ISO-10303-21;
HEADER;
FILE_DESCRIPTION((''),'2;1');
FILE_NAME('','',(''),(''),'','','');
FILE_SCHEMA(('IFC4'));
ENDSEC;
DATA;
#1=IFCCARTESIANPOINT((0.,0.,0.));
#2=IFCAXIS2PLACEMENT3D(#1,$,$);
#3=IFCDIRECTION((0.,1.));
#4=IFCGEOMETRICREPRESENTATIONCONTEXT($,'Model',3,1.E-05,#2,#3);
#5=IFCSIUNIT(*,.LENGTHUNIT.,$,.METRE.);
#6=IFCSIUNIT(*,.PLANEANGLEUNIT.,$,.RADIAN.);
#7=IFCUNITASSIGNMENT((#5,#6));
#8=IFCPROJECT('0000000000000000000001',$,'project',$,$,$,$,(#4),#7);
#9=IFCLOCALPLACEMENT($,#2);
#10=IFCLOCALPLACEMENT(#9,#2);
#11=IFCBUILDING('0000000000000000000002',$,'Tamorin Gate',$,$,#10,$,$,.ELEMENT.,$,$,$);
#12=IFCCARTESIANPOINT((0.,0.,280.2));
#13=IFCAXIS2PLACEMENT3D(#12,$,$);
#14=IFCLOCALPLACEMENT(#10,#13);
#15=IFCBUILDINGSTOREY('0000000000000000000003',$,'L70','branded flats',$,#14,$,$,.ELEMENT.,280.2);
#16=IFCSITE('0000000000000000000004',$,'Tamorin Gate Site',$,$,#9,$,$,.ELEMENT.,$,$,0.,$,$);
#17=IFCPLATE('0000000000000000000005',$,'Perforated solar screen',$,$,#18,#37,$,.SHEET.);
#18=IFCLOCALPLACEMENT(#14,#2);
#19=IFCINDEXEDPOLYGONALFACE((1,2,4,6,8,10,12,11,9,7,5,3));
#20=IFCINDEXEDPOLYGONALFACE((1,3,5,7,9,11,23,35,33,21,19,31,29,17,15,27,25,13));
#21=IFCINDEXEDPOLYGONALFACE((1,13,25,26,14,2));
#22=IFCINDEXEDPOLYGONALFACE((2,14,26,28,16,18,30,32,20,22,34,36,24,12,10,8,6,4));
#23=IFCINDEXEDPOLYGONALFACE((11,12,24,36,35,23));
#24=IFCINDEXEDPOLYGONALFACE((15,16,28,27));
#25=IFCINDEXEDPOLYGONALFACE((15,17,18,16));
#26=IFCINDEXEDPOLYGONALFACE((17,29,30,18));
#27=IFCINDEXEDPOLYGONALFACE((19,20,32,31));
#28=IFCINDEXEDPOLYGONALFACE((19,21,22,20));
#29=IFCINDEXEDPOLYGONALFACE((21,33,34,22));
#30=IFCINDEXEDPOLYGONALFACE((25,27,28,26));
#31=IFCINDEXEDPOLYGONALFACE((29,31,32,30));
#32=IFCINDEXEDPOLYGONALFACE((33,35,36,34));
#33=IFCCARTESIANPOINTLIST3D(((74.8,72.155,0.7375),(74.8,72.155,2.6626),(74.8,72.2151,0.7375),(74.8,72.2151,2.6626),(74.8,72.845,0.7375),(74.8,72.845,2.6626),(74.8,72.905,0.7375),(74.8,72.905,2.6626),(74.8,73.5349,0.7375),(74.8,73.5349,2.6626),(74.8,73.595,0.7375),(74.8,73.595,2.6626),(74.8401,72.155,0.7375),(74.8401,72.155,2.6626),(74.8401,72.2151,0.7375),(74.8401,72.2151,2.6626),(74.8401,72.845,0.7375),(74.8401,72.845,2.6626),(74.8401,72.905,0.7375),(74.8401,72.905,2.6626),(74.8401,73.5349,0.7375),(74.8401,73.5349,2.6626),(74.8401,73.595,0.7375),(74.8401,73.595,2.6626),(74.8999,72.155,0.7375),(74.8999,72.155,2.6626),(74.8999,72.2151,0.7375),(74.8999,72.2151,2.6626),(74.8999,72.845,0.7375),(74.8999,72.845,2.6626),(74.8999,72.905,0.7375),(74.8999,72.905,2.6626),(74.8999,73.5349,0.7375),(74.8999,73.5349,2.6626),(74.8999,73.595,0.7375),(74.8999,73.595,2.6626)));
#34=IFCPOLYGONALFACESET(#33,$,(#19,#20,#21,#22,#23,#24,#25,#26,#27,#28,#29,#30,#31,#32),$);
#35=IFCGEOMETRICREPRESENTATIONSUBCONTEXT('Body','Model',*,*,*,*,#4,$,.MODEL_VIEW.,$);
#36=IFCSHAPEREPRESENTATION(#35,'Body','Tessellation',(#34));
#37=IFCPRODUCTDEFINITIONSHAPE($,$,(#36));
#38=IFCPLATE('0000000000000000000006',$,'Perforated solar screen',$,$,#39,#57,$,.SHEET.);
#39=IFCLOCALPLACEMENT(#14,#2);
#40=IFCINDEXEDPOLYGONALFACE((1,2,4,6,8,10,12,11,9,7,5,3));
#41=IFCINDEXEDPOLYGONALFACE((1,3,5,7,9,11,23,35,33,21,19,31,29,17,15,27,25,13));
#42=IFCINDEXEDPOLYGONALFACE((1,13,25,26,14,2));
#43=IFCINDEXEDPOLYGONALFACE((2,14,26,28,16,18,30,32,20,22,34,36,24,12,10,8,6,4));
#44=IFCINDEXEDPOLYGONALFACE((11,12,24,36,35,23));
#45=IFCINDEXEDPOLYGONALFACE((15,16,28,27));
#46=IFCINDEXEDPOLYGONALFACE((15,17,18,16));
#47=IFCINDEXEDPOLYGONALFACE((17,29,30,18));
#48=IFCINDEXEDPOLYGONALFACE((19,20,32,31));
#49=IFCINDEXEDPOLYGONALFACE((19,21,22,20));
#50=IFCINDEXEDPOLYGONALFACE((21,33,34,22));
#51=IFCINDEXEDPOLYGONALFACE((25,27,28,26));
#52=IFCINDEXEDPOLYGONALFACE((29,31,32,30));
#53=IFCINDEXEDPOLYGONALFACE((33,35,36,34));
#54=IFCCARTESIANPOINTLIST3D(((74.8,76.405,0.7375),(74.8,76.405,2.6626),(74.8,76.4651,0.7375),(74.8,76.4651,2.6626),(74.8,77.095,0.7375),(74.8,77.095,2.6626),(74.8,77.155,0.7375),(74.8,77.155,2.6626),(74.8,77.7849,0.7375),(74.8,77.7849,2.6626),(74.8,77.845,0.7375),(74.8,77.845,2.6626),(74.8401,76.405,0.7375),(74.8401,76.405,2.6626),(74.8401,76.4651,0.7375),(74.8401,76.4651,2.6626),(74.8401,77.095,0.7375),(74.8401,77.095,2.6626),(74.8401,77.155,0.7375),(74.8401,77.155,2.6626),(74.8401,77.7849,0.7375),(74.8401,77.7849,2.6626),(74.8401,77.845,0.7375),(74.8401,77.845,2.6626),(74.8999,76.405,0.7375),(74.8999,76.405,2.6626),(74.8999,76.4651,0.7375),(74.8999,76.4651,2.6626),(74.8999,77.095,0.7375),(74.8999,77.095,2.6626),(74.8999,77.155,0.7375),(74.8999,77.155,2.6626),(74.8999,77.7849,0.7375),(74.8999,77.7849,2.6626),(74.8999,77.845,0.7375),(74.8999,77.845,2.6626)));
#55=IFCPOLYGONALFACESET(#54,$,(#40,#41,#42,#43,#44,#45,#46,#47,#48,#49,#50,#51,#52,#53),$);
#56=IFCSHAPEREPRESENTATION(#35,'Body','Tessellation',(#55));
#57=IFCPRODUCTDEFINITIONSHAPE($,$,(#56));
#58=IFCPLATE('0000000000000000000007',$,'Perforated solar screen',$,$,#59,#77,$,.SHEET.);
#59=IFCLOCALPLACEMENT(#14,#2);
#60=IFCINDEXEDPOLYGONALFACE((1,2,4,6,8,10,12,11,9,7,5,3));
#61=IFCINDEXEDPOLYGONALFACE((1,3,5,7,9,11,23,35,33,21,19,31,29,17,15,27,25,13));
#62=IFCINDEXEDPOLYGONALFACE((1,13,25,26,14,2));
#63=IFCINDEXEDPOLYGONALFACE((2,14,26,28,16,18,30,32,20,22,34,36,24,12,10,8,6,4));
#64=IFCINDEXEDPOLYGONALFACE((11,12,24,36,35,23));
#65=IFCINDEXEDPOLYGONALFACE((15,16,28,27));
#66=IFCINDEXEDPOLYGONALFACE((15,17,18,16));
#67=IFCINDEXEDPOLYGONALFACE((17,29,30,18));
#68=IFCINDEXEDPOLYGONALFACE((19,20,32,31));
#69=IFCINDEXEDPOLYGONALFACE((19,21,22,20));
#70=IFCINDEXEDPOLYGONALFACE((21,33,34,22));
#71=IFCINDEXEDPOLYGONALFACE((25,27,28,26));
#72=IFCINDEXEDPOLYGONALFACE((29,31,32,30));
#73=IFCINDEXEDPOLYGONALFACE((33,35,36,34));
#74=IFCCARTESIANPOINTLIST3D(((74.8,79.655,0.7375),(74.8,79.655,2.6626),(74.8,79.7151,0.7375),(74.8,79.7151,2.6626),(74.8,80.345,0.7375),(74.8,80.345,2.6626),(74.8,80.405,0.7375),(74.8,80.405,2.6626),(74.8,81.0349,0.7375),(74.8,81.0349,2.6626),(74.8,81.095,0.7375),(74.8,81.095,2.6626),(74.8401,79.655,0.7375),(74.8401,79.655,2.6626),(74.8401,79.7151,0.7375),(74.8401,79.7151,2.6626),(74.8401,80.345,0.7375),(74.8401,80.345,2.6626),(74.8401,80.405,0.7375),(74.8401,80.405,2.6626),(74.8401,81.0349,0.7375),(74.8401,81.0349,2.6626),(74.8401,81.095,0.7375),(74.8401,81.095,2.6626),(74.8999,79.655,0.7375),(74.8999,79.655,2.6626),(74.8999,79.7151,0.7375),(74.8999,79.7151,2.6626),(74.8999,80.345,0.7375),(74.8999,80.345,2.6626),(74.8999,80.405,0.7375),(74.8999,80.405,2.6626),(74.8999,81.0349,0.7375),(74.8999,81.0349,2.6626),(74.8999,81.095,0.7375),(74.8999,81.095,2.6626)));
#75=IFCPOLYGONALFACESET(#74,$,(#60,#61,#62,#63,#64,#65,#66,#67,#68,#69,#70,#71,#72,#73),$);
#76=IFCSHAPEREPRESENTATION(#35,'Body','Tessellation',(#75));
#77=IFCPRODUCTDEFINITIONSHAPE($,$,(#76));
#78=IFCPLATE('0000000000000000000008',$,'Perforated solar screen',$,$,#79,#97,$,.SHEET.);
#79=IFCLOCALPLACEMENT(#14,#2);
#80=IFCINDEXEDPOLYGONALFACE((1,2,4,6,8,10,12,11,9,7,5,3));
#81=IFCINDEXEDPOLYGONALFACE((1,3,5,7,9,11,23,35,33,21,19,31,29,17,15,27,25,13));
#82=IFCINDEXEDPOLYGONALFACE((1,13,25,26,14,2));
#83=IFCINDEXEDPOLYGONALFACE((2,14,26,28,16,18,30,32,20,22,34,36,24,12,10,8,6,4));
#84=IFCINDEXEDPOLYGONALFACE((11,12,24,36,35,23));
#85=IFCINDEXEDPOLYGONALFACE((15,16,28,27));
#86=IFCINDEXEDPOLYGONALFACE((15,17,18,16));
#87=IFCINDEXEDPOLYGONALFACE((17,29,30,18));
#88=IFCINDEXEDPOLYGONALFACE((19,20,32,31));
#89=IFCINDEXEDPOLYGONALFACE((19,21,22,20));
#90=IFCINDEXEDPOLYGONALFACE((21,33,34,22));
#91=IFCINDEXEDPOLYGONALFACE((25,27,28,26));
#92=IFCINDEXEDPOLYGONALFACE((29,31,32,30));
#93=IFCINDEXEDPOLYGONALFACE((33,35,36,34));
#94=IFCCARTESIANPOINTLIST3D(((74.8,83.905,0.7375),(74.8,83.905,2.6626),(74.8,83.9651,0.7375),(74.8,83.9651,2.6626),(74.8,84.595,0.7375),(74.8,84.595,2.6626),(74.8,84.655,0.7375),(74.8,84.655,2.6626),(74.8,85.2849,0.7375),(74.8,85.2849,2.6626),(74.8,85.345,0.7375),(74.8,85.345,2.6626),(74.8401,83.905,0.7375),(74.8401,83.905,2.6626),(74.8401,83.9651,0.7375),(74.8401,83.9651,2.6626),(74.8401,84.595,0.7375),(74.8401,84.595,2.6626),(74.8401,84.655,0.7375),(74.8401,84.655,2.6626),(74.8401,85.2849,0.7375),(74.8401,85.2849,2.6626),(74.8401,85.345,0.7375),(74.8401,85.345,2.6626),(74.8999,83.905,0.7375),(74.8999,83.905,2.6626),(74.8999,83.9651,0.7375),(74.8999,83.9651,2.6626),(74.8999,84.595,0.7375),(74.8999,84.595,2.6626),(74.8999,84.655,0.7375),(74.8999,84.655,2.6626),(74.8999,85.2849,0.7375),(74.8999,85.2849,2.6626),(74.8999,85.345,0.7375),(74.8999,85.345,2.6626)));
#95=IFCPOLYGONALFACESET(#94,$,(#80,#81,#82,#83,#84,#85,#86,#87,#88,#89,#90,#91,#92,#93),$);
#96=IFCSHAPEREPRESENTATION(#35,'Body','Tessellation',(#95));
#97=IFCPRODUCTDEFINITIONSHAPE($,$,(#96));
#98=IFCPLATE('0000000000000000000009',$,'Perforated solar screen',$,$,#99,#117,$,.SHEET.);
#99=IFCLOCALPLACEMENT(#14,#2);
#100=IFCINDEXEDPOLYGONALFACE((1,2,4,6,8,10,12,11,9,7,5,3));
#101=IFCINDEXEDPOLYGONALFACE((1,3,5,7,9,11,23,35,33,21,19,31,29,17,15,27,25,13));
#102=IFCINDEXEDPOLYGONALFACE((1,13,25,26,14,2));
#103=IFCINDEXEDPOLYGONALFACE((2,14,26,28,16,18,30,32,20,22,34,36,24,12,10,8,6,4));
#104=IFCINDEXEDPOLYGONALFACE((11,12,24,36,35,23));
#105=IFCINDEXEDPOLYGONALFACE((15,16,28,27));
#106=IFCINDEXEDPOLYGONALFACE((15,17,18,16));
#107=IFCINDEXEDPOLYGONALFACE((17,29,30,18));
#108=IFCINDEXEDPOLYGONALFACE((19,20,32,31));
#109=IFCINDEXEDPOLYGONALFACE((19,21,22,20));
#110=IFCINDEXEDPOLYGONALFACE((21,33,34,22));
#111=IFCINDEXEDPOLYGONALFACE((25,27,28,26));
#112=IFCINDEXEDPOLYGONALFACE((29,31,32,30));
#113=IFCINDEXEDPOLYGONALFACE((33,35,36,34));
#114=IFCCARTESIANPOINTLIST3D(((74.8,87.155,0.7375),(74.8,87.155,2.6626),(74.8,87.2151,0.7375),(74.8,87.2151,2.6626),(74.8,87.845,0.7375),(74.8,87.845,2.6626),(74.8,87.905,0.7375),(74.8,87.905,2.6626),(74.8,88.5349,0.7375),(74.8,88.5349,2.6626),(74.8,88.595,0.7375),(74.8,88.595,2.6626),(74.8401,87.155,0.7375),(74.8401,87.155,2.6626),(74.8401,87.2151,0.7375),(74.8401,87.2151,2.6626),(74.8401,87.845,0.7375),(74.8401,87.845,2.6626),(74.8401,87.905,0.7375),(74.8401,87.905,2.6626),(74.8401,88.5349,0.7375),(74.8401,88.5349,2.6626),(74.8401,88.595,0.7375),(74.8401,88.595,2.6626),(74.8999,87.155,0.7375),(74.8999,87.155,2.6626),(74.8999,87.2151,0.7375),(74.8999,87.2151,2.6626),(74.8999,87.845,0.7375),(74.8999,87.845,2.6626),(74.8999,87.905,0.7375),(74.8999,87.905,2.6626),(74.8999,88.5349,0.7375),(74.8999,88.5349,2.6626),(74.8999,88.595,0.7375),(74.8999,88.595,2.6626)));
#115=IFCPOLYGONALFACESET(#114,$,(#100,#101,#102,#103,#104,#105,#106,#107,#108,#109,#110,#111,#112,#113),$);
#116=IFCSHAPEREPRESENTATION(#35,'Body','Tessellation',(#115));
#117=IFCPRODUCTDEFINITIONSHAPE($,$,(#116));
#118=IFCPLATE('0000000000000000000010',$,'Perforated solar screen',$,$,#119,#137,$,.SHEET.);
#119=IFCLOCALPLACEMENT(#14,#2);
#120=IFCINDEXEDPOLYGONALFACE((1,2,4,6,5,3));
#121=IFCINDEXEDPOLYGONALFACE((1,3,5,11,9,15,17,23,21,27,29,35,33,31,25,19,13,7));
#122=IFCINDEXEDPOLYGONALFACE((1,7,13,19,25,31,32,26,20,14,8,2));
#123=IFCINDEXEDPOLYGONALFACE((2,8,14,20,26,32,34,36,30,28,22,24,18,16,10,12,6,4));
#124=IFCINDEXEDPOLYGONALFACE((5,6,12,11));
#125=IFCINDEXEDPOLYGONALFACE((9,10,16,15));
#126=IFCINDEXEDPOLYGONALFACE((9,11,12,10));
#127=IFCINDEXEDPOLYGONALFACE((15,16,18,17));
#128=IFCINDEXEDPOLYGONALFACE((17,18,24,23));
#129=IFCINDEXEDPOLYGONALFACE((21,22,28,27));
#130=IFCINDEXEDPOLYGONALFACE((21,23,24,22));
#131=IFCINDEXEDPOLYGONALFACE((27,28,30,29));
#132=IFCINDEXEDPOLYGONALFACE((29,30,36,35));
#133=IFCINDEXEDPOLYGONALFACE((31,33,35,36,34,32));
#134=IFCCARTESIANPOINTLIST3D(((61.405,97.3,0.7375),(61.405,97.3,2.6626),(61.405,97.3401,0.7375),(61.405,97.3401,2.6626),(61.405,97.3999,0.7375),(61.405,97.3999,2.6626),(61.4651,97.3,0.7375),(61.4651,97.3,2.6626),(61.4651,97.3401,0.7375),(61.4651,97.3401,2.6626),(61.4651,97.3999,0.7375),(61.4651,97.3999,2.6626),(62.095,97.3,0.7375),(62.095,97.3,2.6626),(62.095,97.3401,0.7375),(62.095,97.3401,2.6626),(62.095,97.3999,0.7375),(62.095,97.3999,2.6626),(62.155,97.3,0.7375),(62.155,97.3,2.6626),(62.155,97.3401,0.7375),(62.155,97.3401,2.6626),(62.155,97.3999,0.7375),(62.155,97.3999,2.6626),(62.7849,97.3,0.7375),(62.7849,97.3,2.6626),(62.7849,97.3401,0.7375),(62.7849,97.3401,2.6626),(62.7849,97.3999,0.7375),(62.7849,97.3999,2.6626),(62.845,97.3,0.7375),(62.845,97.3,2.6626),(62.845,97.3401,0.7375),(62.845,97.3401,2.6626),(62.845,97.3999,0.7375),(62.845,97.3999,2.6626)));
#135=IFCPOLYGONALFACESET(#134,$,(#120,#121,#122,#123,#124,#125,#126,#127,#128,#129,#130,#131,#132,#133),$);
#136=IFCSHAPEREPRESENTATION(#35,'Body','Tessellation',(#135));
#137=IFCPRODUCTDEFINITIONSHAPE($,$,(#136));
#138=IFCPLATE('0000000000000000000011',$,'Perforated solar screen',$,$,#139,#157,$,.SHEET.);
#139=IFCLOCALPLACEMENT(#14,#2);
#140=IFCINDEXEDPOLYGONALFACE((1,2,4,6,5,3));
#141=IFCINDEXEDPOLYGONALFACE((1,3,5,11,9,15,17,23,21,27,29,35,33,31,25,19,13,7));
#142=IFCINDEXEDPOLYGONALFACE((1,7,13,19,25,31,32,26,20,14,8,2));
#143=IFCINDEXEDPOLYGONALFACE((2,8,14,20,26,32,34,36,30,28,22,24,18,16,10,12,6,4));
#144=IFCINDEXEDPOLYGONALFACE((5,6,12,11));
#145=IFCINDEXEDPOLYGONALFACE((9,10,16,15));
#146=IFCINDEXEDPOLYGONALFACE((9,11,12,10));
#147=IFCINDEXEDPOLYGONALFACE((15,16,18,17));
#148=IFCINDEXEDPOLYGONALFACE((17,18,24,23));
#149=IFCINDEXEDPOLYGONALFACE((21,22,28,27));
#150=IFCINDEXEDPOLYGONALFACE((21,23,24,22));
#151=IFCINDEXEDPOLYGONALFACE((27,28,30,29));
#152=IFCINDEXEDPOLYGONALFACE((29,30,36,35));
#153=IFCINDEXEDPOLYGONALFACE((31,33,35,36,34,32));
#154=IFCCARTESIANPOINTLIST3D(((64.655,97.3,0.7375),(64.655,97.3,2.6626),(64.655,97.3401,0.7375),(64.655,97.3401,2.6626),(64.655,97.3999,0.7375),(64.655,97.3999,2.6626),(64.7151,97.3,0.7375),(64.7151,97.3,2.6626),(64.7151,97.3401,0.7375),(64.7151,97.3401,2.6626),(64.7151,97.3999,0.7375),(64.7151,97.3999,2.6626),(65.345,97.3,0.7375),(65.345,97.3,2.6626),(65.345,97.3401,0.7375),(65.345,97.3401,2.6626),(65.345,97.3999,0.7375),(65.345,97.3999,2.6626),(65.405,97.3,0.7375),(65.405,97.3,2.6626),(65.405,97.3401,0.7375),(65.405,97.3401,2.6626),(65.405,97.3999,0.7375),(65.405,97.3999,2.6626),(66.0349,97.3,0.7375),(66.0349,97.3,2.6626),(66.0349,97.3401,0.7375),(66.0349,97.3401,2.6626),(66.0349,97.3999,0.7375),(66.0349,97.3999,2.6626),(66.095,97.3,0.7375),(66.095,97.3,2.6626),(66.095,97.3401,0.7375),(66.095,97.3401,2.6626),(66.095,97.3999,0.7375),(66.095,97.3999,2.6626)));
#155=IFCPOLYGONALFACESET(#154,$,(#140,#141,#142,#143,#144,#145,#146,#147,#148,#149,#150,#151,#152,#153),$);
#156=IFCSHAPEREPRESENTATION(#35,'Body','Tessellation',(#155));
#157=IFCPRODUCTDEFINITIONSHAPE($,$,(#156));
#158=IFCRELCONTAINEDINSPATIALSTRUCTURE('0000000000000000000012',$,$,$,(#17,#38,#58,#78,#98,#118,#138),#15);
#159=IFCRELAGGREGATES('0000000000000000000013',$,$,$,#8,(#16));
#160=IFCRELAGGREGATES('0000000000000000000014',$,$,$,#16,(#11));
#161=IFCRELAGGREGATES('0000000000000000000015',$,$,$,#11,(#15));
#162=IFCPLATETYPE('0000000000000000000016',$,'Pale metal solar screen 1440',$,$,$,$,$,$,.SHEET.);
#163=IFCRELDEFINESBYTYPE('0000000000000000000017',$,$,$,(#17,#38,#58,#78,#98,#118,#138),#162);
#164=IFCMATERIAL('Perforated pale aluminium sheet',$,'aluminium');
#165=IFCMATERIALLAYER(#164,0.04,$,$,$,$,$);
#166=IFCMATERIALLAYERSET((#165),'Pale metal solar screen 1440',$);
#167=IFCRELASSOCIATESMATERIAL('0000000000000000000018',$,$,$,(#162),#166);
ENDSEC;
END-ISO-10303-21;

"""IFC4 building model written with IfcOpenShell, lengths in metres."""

from ifc_helpers import new_model, si_unit, direction, frame, origin, place, context, subcontext, project, spatial, polyline, outline, extrude, material, layer, layer_set, type_object, element, save


model = new_model("IFC4")

# Units and contexts
model_context = context("Model", 3, precision=1e-05, world=origin(), true_north=direction((0.0, 1.0)))
body_context = subcontext(model_context, "Body", "Model", "MODEL_VIEW")
ifc_project = project(units=[si_unit("LENGTHUNIT", "METRE"), si_unit("PLANEANGLEUNIT", "RADIAN")], contexts=[model_context])

# Site, building, storey
site_placement = place(None, origin())
site = spatial("IfcSite", under=ifc_project, at=site_placement, Name="Tamorin Gate Site", CompositionType="ELEMENT", RefElevation=0.0)
building_placement = place(site_placement, origin())
building = spatial("IfcBuilding", under=site, at=building_placement, Name="Tamorin Gate", CompositionType="ELEMENT")
storey_placement = place(building_placement, frame((0.0, 0.0, 280.2)))
storey = spatial("IfcBuildingStorey", under=building, at=storey_placement, Name="L70", Description="branded flats", CompositionType="ELEMENT", Elevation=280.2)

# Plates
ifc_material_1 = material(Name="Perforated pale aluminium sheet", Category="aluminium")
ifc_layer_1 = layer(ifc_material_1, 0.04)
ifc_layer_set_1 = layer_set([ifc_layer_1], Name="Pale metal solar screen 1440")
plate_type = type_object("IfcPlateType", Name="Pale metal solar screen 1440", PredefinedType="SHEET", material=ifc_layer_set_1)
plate_1_placement = place(storey_placement, frame((0.0, 0.0, 0.7375)))
element("IfcPlate", 1, at=plate_1_placement, inside=storey, type_object=plate_type, Name="Perforated solar screen", PredefinedType="SHEET", context=body_context, shape_type="SweptSolid", body=[
    extrude(outline(polyline([(74.8401, 72.155), (74.8, 72.155), (74.8, 72.2151), (74.8, 72.845), (74.8, 72.905), (74.8, 73.5349), (74.8, 73.595), (74.8401, 73.595), (74.8999, 73.595), (74.8999, 73.5349), (74.8401, 73.5349), (74.8401, 72.905), (74.8999, 72.905), (74.8999, 72.845), (74.8401, 72.845), (74.8401, 72.2151), (74.8999, 72.2151), (74.8999, 72.155), (74.8401, 72.155)])), origin(), (0.0, 0.0, 1.0), 1.925),
])
plate_2_placement = place(storey_placement, frame((0.0, 0.0, 0.7375)))
element("IfcPlate", 2, at=plate_2_placement, inside=storey, type_object=plate_type, Name="Perforated solar screen", PredefinedType="SHEET", context=body_context, shape_type="SweptSolid", body=[
    extrude(outline(polyline([(74.8401, 76.405), (74.8, 76.405), (74.8, 76.4651), (74.8, 77.095), (74.8, 77.155), (74.8, 77.7849), (74.8, 77.845), (74.8401, 77.845), (74.8999, 77.845), (74.8999, 77.7849), (74.8401, 77.7849), (74.8401, 77.155), (74.8999, 77.155), (74.8999, 77.095), (74.8401, 77.095), (74.8401, 76.4651), (74.8999, 76.4651), (74.8999, 76.405), (74.8401, 76.405)])), origin(), (0.0, 0.0, 1.0), 1.925),
])
plate_3_placement = place(storey_placement, frame((0.0, 0.0, 0.7375)))
element("IfcPlate", 3, at=plate_3_placement, inside=storey, type_object=plate_type, Name="Perforated solar screen", PredefinedType="SHEET", context=body_context, shape_type="SweptSolid", body=[
    extrude(outline(polyline([(74.8401, 79.655), (74.8, 79.655), (74.8, 79.7151), (74.8, 80.345), (74.8, 80.405), (74.8, 81.0349), (74.8, 81.095), (74.8401, 81.095), (74.8999, 81.095), (74.8999, 81.0349), (74.8401, 81.0349), (74.8401, 80.405), (74.8999, 80.405), (74.8999, 80.345), (74.8401, 80.345), (74.8401, 79.7151), (74.8999, 79.7151), (74.8999, 79.655), (74.8401, 79.655)])), origin(), (0.0, 0.0, 1.0), 1.925),
])
plate_4_placement = place(storey_placement, frame((0.0, 0.0, 0.7375)))
element("IfcPlate", 4, at=plate_4_placement, inside=storey, type_object=plate_type, Name="Perforated solar screen", PredefinedType="SHEET", context=body_context, shape_type="SweptSolid", body=[
    extrude(outline(polyline([(74.8401, 83.905), (74.8, 83.905), (74.8, 83.9651), (74.8, 84.595), (74.8, 84.655), (74.8, 85.2849), (74.8, 85.345), (74.8401, 85.345), (74.8999, 85.345), (74.8999, 85.2849), (74.8401, 85.2849), (74.8401, 84.655), (74.8999, 84.655), (74.8999, 84.595), (74.8401, 84.595), (74.8401, 83.9651), (74.8999, 83.9651), (74.8999, 83.905), (74.8401, 83.905)])), origin(), (0.0, 0.0, 1.0), 1.925),
])
plate_5_placement = place(storey_placement, frame((0.0, 0.0, 0.7375)))
element("IfcPlate", 5, at=plate_5_placement, inside=storey, type_object=plate_type, Name="Perforated solar screen", PredefinedType="SHEET", context=body_context, shape_type="SweptSolid", body=[
    extrude(outline(polyline([(74.8401, 87.155), (74.8, 87.155), (74.8, 87.2151), (74.8, 87.845), (74.8, 87.905), (74.8, 88.5349), (74.8, 88.595), (74.8401, 88.595), (74.8999, 88.595), (74.8999, 88.5349), (74.8401, 88.5349), (74.8401, 87.905), (74.8999, 87.905), (74.8999, 87.845), (74.8401, 87.845), (74.8401, 87.2151), (74.8999, 87.2151), (74.8999, 87.155), (74.8401, 87.155)])), origin(), (0.0, 0.0, 1.0), 1.925),
])
plate_6_placement = place(storey_placement, frame((0.0, 0.0, 0.7375)))
element("IfcPlate", 6, at=plate_6_placement, inside=storey, type_object=plate_type, Name="Perforated solar screen", PredefinedType="SHEET", context=body_context, shape_type="SweptSolid", body=[
    extrude(outline(polyline([(62.845, 97.3401), (62.845, 97.3), (62.7849, 97.3), (62.155, 97.3), (62.095, 97.3), (61.4651, 97.3), (61.405, 97.3), (61.405, 97.3), (61.405, 97.3401), (61.405, 97.3401), (61.405, 97.3999), (61.4651, 97.3999), (61.4651, 97.3401), (62.095, 97.3401), (62.095, 97.3999), (62.155, 97.3999), (62.155, 97.3401), (62.7849, 97.3401), (62.7849, 97.3999), (62.845, 97.3999), (62.845, 97.3401)])), origin(), (0.0, 0.0, 1.0), 1.925),
])
plate_7_placement = place(storey_placement, frame((0.0, 0.0, 0.7375)))
element("IfcPlate", 7, at=plate_7_placement, inside=storey, type_object=plate_type, Name="Perforated solar screen", PredefinedType="SHEET", context=body_context, shape_type="SweptSolid", body=[
    extrude(outline(polyline([(66.095, 97.3401), (66.095, 97.3), (66.0349, 97.3), (65.405, 97.3), (65.345, 97.3), (64.7151, 97.3), (64.655, 97.3), (64.655, 97.3), (64.655, 97.3401), (64.655, 97.3401), (64.655, 97.3999), (64.7151, 97.3999), (64.7151, 97.3401), (65.345, 97.3401), (65.345, 97.3999), (65.405, 97.3999), (65.405, 97.3401), (66.0349, 97.3401), (66.0349, 97.3999), (66.095, 97.3999), (66.095, 97.3401)])), origin(), (0.0, 0.0, 1.0), 1.925),
])

save(model, "model.ifc")
